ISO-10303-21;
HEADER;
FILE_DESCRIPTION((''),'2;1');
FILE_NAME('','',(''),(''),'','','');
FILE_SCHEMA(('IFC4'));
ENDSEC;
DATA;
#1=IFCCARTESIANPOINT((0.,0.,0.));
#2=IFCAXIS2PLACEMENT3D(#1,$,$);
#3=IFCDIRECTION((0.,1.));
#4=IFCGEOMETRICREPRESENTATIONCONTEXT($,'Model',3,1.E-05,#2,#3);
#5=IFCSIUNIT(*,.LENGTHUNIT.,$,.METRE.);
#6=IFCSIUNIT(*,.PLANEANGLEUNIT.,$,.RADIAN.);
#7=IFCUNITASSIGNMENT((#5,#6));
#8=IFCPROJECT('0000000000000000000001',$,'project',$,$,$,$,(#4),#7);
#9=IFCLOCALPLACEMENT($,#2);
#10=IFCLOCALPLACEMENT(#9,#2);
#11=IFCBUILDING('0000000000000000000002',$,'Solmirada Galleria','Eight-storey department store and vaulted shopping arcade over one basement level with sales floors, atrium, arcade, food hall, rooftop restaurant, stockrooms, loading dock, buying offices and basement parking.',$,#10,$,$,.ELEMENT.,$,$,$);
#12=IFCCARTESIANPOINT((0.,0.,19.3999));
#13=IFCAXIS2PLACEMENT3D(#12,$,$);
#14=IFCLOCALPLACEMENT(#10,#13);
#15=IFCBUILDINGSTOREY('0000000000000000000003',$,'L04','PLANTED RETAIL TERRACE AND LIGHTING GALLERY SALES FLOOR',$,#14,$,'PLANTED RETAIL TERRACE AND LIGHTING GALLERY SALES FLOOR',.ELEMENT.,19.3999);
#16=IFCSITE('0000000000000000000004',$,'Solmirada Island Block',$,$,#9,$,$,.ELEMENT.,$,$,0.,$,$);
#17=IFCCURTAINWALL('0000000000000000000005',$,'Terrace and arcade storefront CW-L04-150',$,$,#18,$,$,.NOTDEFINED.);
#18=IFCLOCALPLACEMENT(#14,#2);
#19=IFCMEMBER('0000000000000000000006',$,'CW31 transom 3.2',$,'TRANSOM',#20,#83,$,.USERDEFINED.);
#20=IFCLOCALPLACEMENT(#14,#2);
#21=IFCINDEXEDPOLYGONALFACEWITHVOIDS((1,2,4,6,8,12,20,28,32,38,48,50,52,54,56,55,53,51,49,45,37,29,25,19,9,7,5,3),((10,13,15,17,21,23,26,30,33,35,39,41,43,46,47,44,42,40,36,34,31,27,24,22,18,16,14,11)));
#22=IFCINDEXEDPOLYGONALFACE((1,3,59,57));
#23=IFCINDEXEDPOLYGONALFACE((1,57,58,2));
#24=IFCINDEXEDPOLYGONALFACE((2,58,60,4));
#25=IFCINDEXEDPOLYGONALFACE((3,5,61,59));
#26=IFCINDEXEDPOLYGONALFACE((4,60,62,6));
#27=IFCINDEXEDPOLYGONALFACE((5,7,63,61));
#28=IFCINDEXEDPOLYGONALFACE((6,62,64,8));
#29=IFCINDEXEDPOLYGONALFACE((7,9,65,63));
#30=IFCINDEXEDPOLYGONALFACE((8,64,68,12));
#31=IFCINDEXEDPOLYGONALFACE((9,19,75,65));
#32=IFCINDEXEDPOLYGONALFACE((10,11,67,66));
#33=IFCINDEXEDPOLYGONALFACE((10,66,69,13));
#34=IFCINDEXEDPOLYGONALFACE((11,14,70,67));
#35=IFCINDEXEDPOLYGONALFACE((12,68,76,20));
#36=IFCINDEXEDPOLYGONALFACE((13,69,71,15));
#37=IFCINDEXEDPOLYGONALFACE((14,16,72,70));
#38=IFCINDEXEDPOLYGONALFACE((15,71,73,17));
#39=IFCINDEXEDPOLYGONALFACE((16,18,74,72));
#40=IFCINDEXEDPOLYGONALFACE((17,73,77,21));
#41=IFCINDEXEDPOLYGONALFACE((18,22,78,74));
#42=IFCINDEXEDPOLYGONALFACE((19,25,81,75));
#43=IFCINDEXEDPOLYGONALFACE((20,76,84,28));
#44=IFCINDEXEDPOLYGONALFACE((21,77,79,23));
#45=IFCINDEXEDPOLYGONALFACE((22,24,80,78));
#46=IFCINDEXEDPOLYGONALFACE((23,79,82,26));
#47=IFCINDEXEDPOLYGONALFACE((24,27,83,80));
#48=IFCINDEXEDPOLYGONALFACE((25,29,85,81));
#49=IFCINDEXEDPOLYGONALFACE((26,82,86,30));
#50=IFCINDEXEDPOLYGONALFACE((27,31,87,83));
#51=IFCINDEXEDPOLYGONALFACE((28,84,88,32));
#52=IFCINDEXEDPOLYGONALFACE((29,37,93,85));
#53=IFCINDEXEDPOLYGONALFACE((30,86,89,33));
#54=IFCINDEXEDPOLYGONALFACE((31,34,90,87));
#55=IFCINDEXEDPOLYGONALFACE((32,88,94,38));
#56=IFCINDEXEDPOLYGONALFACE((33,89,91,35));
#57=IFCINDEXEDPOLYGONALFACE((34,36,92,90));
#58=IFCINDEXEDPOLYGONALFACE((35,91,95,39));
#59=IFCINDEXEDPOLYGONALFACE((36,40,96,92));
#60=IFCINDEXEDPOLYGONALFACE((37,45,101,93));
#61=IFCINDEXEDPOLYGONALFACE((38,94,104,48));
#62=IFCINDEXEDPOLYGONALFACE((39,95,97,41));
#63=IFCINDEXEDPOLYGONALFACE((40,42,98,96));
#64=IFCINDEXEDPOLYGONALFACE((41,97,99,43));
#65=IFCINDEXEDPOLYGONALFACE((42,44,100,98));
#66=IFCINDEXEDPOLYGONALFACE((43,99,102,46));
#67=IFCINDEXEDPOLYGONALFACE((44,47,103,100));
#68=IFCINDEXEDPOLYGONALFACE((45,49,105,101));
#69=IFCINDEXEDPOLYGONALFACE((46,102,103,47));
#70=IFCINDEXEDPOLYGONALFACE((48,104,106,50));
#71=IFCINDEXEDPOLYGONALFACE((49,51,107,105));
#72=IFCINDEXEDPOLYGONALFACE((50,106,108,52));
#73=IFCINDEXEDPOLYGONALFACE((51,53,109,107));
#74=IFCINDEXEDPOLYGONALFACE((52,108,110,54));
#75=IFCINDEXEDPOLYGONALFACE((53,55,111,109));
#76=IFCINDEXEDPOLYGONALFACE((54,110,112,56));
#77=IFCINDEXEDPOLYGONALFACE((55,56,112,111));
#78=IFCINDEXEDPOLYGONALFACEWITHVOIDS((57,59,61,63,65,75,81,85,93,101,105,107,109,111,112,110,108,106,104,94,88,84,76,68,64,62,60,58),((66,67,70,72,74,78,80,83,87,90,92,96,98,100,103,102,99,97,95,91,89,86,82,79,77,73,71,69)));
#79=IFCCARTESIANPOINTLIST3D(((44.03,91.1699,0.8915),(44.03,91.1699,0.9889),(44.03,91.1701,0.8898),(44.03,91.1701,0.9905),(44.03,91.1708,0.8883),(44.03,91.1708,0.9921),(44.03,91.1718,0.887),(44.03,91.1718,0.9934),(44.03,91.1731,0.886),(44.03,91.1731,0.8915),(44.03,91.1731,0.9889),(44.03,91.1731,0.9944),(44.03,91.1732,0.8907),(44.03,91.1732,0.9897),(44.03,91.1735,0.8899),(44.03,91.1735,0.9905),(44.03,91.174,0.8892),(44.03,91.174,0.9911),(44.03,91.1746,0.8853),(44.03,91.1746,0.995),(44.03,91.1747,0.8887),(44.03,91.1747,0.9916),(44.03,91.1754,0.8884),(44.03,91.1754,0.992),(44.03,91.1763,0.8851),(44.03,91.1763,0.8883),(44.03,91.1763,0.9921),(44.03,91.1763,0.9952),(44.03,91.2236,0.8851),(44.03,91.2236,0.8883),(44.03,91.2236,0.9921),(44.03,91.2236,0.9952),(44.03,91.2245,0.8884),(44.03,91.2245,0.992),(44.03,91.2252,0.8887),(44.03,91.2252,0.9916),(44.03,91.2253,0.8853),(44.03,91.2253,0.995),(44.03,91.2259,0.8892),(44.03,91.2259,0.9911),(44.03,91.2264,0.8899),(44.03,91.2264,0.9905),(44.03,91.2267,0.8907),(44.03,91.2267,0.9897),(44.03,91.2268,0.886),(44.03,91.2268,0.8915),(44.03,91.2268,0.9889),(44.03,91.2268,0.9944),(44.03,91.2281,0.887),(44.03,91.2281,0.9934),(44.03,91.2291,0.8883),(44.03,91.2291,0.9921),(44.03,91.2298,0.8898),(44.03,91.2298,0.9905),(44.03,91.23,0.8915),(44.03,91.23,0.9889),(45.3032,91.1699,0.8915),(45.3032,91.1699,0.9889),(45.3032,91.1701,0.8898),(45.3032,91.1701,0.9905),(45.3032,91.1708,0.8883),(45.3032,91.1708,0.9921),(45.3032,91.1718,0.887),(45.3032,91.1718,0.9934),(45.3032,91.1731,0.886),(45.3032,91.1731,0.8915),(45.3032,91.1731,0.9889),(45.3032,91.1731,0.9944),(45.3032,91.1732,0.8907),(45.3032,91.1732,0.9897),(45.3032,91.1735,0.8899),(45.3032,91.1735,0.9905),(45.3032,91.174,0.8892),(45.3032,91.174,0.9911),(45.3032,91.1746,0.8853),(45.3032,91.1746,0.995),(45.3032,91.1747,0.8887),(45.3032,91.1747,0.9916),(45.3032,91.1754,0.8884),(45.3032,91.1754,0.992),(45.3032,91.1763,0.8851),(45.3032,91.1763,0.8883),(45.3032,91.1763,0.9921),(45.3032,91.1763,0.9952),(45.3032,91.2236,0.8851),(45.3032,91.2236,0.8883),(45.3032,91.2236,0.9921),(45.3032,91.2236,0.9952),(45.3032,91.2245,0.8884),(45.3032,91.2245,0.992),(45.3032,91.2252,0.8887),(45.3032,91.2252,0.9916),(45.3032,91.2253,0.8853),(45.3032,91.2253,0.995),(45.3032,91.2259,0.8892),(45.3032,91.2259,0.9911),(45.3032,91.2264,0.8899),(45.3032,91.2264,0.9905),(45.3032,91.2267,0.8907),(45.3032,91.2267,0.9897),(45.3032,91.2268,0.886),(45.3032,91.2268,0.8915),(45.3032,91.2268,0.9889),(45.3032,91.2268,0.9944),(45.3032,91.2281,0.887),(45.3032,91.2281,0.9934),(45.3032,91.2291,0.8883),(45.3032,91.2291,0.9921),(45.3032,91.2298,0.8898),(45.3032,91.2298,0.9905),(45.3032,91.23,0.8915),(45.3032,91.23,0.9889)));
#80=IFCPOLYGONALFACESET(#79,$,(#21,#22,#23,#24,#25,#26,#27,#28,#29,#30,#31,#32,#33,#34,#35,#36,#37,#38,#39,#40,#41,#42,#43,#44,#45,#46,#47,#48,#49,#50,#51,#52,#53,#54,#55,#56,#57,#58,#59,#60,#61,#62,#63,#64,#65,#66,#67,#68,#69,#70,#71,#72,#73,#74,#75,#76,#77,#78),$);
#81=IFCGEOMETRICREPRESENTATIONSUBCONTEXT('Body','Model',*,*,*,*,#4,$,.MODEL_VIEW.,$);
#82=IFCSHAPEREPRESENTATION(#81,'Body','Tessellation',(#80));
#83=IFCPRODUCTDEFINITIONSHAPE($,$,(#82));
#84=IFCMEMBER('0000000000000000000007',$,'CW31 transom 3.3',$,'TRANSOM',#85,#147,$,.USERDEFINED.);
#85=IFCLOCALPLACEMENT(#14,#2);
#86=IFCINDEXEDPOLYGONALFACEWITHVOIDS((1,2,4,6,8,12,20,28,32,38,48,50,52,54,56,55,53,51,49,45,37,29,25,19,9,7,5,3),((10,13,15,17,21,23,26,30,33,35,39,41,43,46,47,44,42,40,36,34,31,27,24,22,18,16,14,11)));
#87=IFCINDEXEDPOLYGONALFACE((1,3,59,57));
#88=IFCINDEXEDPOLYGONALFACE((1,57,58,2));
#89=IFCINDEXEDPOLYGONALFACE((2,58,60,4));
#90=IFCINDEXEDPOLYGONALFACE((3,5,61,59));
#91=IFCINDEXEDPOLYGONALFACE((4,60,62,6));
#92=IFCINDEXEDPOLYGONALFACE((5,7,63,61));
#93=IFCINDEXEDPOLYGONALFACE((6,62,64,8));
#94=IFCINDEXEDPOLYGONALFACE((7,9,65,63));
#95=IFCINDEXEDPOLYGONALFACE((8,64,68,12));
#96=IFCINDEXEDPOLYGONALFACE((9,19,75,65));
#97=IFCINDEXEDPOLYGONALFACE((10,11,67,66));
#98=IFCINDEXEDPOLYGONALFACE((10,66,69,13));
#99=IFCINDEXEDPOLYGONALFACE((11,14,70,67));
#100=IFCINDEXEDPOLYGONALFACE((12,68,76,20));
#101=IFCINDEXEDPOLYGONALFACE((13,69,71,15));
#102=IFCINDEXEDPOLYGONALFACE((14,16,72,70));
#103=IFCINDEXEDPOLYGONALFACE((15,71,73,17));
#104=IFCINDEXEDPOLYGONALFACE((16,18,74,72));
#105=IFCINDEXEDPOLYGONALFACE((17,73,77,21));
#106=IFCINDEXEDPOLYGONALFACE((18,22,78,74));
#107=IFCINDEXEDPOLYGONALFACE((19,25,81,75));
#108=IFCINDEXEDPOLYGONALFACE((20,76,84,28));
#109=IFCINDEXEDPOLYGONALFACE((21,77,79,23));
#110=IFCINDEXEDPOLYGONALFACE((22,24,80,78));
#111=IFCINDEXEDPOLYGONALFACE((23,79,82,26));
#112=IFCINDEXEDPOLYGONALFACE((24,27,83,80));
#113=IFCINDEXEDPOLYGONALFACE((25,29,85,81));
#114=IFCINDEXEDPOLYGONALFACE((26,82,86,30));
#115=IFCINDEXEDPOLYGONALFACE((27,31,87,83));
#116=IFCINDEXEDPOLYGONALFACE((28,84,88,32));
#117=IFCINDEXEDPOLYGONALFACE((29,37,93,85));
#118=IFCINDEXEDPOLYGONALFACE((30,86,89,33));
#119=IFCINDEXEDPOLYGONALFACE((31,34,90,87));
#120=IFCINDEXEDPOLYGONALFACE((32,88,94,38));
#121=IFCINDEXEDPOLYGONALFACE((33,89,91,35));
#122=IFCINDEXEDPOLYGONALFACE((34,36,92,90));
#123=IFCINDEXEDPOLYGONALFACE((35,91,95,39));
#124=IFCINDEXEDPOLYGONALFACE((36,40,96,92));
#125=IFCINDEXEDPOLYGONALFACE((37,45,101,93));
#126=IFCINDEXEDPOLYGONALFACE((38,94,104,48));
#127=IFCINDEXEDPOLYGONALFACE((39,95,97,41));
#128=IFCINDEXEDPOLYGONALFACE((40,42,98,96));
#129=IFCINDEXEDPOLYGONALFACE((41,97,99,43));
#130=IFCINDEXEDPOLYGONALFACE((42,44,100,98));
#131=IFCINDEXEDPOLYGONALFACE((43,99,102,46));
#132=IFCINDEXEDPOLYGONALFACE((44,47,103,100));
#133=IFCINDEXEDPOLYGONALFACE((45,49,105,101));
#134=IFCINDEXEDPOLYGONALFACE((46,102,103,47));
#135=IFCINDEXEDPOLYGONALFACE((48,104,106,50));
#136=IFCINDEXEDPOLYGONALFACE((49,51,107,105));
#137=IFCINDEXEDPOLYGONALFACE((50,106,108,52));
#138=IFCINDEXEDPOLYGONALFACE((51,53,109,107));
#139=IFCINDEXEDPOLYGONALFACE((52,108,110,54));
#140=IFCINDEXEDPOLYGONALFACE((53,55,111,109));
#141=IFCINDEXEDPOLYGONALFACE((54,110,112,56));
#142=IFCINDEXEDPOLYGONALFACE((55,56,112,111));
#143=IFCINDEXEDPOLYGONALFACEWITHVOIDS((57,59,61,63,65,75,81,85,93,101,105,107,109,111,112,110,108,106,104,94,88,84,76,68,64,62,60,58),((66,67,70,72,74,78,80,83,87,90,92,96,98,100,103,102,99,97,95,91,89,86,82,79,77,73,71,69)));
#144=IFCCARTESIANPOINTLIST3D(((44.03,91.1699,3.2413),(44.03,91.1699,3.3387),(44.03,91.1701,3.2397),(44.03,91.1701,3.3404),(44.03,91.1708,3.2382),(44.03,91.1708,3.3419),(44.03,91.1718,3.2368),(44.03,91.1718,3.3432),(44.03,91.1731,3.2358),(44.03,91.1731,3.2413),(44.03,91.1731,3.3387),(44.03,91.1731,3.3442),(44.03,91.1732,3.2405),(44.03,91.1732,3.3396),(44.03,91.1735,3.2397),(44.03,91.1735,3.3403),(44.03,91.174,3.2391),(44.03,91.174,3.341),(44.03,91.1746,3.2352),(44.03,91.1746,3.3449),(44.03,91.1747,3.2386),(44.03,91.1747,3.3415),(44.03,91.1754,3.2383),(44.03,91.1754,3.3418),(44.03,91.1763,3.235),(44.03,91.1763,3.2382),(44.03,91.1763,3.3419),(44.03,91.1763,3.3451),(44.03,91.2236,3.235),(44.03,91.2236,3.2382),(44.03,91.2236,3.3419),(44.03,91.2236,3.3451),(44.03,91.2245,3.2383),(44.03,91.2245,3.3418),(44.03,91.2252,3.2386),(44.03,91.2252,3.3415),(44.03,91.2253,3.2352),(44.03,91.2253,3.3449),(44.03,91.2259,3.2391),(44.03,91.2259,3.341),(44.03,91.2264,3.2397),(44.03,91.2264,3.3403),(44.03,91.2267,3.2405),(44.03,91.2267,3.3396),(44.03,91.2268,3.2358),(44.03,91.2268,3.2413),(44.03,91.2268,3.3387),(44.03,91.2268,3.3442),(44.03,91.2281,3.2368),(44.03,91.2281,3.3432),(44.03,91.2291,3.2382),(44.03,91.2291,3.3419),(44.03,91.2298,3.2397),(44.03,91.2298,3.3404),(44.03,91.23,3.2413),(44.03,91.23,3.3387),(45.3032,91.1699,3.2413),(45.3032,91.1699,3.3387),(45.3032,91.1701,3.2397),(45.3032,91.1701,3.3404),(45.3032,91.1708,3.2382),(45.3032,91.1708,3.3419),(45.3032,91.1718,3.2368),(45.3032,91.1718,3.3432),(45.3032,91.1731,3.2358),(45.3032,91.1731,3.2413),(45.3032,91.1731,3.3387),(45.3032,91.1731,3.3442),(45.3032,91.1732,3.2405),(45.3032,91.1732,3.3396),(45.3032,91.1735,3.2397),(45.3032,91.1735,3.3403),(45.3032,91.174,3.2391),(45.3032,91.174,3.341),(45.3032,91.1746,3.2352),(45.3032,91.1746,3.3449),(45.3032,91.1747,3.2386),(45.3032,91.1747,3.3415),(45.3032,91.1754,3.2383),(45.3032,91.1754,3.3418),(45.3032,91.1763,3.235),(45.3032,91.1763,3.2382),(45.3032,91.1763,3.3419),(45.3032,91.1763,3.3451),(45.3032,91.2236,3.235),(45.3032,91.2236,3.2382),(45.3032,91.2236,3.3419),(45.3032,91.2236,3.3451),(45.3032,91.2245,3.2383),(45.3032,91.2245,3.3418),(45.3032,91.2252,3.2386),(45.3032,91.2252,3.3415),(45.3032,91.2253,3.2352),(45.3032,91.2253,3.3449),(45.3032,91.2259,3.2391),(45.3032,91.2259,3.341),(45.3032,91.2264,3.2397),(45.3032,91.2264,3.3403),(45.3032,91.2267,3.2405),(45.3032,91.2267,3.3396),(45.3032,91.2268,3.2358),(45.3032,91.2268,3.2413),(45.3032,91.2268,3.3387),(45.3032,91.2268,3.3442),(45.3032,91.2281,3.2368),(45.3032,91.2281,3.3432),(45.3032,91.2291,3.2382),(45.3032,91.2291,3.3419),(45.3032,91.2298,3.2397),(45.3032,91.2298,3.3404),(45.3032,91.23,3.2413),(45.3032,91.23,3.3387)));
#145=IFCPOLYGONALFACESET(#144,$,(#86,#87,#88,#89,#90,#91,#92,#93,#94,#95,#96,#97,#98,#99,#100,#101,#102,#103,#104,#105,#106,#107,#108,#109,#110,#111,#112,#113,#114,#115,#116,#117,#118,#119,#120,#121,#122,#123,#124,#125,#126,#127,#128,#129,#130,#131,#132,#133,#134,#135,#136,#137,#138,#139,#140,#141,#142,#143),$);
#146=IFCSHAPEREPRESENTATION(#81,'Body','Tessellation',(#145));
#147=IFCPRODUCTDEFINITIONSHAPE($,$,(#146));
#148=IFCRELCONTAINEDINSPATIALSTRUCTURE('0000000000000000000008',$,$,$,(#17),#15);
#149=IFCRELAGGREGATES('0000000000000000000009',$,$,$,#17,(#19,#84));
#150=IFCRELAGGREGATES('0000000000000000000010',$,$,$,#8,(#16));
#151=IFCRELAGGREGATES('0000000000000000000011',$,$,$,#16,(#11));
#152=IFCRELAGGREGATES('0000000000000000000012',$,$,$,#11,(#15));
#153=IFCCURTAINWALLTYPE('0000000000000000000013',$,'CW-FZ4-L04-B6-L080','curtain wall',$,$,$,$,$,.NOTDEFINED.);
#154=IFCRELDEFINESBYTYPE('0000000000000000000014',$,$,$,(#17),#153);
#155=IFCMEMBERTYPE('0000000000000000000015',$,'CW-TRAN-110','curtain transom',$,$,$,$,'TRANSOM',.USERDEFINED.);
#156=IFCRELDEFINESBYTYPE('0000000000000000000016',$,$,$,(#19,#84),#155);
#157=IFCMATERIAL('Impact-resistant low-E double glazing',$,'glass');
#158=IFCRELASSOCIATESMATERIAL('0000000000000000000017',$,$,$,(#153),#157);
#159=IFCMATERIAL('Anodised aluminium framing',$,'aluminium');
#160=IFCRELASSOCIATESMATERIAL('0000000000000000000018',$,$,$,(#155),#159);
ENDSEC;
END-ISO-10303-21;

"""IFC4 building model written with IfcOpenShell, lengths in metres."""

from ifc_helpers import new_model, si_unit, direction, frame, origin, origin_2d, place, context, subcontext, project, spatial, hollow_rectangle, extrude, material, material_profile, profile_set, type_object, element, aggregate, save


model = new_model("IFC4")

# Units and contexts
model_context = context("Model", 3, precision=1e-05, world=origin(), true_north=direction((0.0, 1.0)))
body_context = subcontext(model_context, "Body", "Model", "MODEL_VIEW")
ifc_project = project(units=[si_unit("LENGTHUNIT", "METRE"), si_unit("PLANEANGLEUNIT", "RADIAN")], contexts=[model_context])

# Site, building, storey
site_placement = place(None, origin())
site = spatial("IfcSite", under=ifc_project, at=site_placement, Name="Solmirada Island Block", CompositionType="ELEMENT", RefElevation=0.0)
building_placement = place(site_placement, origin())
building = spatial("IfcBuilding", under=site, at=building_placement, Name="Solmirada Galleria", Description="Eight-storey department store and vaulted shopping arcade over one basement level with sales floors, atrium, arcade, food hall, rooftop restaurant, stockrooms, loading dock, buying offices and basement parking.", CompositionType="ELEMENT")
storey_placement = place(building_placement, frame((0.0, 0.0, 19.3999)))
storey = spatial("IfcBuildingStorey", under=building, at=storey_placement, Name="L04", Description="PLANTED RETAIL TERRACE AND LIGHTING GALLERY SALES FLOOR", LongName="PLANTED RETAIL TERRACE AND LIGHTING GALLERY SALES FLOOR", CompositionType="ELEMENT", Elevation=19.3999)

# Curtain wall, members
ifc_material_1 = material(Name="Impact-resistant low-E double glazing", Category="glass")
curtain_wall_type = type_object("IfcCurtainWallType", Name="CW-FZ4-L04-B6-L080", Description="curtain wall", PredefinedType="NOTDEFINED", material=ifc_material_1)
curtain_wall_placement = place(storey_placement, origin())
curtain_wall = element("IfcCurtainWall", 1, at=curtain_wall_placement, inside=storey, type_object=curtain_wall_type, Name="Terrace and arcade storefront CW-L04-150", PredefinedType="NOTDEFINED")
ifc_material_2 = material(Name="Anodised aluminium framing", Category="aluminium")
ifc_material_profile_1 = material_profile(ifc_material_2, hollow_rectangle(XDim=0.0601, YDim=0.1101, WallThickness=0.0032, InnerFilletRadius=0.0032, OuterFilletRadius=0.0063, at=origin_2d()), Name="ALU-TRAN-110X60")
ifc_profile_set_1 = profile_set([ifc_material_profile_1], Name="Anodised aluminium framing")
member_type_1 = type_object("IfcMemberType", Name="CW-TRAN-110", Description="curtain transom", ElementType="TRANSOM", PredefinedType="USERDEFINED", material=ifc_profile_set_1)
member_1_placement = place(storey_placement, frame((45.3032, 91.2, 0.9402), z_axis=(-1.0, 0.0, 0.0), x_axis=(0.0, -1.0, 0.0)))
member_1 = element("IfcMember", 2, at=member_1_placement, type_object=member_type_1, Name="CW31 transom 3.2", ObjectType="TRANSOM", PredefinedType="USERDEFINED", context=body_context, shape_type="SweptSolid", body=[
    extrude(hollow_rectangle(XDim=0.0601, YDim=0.1101, WallThickness=0.0032, InnerFilletRadius=0.0032, OuterFilletRadius=0.0063, at=origin_2d()), origin(), (0.0, 0.0, 1.0), 1.2732),
])
member_2_placement = place(storey_placement, frame((45.3032, 91.2, 3.29), z_axis=(-1.0, 0.0, 0.0), x_axis=(0.0, -1.0, 0.0)))
member_2 = element("IfcMember", 3, at=member_2_placement, type_object=member_type_1, Name="CW31 transom 3.3", ObjectType="TRANSOM", PredefinedType="USERDEFINED", context=body_context, shape_type="SweptSolid", body=[
    extrude(hollow_rectangle(XDim=0.0601, YDim=0.1101, WallThickness=0.0032, InnerFilletRadius=0.0032, OuterFilletRadius=0.0063, at=origin_2d()), origin(), (0.0, 0.0, 1.0), 1.2732),
])
aggregate(curtain_wall, [member_1, member_2])

save(model, "model.ifc")
